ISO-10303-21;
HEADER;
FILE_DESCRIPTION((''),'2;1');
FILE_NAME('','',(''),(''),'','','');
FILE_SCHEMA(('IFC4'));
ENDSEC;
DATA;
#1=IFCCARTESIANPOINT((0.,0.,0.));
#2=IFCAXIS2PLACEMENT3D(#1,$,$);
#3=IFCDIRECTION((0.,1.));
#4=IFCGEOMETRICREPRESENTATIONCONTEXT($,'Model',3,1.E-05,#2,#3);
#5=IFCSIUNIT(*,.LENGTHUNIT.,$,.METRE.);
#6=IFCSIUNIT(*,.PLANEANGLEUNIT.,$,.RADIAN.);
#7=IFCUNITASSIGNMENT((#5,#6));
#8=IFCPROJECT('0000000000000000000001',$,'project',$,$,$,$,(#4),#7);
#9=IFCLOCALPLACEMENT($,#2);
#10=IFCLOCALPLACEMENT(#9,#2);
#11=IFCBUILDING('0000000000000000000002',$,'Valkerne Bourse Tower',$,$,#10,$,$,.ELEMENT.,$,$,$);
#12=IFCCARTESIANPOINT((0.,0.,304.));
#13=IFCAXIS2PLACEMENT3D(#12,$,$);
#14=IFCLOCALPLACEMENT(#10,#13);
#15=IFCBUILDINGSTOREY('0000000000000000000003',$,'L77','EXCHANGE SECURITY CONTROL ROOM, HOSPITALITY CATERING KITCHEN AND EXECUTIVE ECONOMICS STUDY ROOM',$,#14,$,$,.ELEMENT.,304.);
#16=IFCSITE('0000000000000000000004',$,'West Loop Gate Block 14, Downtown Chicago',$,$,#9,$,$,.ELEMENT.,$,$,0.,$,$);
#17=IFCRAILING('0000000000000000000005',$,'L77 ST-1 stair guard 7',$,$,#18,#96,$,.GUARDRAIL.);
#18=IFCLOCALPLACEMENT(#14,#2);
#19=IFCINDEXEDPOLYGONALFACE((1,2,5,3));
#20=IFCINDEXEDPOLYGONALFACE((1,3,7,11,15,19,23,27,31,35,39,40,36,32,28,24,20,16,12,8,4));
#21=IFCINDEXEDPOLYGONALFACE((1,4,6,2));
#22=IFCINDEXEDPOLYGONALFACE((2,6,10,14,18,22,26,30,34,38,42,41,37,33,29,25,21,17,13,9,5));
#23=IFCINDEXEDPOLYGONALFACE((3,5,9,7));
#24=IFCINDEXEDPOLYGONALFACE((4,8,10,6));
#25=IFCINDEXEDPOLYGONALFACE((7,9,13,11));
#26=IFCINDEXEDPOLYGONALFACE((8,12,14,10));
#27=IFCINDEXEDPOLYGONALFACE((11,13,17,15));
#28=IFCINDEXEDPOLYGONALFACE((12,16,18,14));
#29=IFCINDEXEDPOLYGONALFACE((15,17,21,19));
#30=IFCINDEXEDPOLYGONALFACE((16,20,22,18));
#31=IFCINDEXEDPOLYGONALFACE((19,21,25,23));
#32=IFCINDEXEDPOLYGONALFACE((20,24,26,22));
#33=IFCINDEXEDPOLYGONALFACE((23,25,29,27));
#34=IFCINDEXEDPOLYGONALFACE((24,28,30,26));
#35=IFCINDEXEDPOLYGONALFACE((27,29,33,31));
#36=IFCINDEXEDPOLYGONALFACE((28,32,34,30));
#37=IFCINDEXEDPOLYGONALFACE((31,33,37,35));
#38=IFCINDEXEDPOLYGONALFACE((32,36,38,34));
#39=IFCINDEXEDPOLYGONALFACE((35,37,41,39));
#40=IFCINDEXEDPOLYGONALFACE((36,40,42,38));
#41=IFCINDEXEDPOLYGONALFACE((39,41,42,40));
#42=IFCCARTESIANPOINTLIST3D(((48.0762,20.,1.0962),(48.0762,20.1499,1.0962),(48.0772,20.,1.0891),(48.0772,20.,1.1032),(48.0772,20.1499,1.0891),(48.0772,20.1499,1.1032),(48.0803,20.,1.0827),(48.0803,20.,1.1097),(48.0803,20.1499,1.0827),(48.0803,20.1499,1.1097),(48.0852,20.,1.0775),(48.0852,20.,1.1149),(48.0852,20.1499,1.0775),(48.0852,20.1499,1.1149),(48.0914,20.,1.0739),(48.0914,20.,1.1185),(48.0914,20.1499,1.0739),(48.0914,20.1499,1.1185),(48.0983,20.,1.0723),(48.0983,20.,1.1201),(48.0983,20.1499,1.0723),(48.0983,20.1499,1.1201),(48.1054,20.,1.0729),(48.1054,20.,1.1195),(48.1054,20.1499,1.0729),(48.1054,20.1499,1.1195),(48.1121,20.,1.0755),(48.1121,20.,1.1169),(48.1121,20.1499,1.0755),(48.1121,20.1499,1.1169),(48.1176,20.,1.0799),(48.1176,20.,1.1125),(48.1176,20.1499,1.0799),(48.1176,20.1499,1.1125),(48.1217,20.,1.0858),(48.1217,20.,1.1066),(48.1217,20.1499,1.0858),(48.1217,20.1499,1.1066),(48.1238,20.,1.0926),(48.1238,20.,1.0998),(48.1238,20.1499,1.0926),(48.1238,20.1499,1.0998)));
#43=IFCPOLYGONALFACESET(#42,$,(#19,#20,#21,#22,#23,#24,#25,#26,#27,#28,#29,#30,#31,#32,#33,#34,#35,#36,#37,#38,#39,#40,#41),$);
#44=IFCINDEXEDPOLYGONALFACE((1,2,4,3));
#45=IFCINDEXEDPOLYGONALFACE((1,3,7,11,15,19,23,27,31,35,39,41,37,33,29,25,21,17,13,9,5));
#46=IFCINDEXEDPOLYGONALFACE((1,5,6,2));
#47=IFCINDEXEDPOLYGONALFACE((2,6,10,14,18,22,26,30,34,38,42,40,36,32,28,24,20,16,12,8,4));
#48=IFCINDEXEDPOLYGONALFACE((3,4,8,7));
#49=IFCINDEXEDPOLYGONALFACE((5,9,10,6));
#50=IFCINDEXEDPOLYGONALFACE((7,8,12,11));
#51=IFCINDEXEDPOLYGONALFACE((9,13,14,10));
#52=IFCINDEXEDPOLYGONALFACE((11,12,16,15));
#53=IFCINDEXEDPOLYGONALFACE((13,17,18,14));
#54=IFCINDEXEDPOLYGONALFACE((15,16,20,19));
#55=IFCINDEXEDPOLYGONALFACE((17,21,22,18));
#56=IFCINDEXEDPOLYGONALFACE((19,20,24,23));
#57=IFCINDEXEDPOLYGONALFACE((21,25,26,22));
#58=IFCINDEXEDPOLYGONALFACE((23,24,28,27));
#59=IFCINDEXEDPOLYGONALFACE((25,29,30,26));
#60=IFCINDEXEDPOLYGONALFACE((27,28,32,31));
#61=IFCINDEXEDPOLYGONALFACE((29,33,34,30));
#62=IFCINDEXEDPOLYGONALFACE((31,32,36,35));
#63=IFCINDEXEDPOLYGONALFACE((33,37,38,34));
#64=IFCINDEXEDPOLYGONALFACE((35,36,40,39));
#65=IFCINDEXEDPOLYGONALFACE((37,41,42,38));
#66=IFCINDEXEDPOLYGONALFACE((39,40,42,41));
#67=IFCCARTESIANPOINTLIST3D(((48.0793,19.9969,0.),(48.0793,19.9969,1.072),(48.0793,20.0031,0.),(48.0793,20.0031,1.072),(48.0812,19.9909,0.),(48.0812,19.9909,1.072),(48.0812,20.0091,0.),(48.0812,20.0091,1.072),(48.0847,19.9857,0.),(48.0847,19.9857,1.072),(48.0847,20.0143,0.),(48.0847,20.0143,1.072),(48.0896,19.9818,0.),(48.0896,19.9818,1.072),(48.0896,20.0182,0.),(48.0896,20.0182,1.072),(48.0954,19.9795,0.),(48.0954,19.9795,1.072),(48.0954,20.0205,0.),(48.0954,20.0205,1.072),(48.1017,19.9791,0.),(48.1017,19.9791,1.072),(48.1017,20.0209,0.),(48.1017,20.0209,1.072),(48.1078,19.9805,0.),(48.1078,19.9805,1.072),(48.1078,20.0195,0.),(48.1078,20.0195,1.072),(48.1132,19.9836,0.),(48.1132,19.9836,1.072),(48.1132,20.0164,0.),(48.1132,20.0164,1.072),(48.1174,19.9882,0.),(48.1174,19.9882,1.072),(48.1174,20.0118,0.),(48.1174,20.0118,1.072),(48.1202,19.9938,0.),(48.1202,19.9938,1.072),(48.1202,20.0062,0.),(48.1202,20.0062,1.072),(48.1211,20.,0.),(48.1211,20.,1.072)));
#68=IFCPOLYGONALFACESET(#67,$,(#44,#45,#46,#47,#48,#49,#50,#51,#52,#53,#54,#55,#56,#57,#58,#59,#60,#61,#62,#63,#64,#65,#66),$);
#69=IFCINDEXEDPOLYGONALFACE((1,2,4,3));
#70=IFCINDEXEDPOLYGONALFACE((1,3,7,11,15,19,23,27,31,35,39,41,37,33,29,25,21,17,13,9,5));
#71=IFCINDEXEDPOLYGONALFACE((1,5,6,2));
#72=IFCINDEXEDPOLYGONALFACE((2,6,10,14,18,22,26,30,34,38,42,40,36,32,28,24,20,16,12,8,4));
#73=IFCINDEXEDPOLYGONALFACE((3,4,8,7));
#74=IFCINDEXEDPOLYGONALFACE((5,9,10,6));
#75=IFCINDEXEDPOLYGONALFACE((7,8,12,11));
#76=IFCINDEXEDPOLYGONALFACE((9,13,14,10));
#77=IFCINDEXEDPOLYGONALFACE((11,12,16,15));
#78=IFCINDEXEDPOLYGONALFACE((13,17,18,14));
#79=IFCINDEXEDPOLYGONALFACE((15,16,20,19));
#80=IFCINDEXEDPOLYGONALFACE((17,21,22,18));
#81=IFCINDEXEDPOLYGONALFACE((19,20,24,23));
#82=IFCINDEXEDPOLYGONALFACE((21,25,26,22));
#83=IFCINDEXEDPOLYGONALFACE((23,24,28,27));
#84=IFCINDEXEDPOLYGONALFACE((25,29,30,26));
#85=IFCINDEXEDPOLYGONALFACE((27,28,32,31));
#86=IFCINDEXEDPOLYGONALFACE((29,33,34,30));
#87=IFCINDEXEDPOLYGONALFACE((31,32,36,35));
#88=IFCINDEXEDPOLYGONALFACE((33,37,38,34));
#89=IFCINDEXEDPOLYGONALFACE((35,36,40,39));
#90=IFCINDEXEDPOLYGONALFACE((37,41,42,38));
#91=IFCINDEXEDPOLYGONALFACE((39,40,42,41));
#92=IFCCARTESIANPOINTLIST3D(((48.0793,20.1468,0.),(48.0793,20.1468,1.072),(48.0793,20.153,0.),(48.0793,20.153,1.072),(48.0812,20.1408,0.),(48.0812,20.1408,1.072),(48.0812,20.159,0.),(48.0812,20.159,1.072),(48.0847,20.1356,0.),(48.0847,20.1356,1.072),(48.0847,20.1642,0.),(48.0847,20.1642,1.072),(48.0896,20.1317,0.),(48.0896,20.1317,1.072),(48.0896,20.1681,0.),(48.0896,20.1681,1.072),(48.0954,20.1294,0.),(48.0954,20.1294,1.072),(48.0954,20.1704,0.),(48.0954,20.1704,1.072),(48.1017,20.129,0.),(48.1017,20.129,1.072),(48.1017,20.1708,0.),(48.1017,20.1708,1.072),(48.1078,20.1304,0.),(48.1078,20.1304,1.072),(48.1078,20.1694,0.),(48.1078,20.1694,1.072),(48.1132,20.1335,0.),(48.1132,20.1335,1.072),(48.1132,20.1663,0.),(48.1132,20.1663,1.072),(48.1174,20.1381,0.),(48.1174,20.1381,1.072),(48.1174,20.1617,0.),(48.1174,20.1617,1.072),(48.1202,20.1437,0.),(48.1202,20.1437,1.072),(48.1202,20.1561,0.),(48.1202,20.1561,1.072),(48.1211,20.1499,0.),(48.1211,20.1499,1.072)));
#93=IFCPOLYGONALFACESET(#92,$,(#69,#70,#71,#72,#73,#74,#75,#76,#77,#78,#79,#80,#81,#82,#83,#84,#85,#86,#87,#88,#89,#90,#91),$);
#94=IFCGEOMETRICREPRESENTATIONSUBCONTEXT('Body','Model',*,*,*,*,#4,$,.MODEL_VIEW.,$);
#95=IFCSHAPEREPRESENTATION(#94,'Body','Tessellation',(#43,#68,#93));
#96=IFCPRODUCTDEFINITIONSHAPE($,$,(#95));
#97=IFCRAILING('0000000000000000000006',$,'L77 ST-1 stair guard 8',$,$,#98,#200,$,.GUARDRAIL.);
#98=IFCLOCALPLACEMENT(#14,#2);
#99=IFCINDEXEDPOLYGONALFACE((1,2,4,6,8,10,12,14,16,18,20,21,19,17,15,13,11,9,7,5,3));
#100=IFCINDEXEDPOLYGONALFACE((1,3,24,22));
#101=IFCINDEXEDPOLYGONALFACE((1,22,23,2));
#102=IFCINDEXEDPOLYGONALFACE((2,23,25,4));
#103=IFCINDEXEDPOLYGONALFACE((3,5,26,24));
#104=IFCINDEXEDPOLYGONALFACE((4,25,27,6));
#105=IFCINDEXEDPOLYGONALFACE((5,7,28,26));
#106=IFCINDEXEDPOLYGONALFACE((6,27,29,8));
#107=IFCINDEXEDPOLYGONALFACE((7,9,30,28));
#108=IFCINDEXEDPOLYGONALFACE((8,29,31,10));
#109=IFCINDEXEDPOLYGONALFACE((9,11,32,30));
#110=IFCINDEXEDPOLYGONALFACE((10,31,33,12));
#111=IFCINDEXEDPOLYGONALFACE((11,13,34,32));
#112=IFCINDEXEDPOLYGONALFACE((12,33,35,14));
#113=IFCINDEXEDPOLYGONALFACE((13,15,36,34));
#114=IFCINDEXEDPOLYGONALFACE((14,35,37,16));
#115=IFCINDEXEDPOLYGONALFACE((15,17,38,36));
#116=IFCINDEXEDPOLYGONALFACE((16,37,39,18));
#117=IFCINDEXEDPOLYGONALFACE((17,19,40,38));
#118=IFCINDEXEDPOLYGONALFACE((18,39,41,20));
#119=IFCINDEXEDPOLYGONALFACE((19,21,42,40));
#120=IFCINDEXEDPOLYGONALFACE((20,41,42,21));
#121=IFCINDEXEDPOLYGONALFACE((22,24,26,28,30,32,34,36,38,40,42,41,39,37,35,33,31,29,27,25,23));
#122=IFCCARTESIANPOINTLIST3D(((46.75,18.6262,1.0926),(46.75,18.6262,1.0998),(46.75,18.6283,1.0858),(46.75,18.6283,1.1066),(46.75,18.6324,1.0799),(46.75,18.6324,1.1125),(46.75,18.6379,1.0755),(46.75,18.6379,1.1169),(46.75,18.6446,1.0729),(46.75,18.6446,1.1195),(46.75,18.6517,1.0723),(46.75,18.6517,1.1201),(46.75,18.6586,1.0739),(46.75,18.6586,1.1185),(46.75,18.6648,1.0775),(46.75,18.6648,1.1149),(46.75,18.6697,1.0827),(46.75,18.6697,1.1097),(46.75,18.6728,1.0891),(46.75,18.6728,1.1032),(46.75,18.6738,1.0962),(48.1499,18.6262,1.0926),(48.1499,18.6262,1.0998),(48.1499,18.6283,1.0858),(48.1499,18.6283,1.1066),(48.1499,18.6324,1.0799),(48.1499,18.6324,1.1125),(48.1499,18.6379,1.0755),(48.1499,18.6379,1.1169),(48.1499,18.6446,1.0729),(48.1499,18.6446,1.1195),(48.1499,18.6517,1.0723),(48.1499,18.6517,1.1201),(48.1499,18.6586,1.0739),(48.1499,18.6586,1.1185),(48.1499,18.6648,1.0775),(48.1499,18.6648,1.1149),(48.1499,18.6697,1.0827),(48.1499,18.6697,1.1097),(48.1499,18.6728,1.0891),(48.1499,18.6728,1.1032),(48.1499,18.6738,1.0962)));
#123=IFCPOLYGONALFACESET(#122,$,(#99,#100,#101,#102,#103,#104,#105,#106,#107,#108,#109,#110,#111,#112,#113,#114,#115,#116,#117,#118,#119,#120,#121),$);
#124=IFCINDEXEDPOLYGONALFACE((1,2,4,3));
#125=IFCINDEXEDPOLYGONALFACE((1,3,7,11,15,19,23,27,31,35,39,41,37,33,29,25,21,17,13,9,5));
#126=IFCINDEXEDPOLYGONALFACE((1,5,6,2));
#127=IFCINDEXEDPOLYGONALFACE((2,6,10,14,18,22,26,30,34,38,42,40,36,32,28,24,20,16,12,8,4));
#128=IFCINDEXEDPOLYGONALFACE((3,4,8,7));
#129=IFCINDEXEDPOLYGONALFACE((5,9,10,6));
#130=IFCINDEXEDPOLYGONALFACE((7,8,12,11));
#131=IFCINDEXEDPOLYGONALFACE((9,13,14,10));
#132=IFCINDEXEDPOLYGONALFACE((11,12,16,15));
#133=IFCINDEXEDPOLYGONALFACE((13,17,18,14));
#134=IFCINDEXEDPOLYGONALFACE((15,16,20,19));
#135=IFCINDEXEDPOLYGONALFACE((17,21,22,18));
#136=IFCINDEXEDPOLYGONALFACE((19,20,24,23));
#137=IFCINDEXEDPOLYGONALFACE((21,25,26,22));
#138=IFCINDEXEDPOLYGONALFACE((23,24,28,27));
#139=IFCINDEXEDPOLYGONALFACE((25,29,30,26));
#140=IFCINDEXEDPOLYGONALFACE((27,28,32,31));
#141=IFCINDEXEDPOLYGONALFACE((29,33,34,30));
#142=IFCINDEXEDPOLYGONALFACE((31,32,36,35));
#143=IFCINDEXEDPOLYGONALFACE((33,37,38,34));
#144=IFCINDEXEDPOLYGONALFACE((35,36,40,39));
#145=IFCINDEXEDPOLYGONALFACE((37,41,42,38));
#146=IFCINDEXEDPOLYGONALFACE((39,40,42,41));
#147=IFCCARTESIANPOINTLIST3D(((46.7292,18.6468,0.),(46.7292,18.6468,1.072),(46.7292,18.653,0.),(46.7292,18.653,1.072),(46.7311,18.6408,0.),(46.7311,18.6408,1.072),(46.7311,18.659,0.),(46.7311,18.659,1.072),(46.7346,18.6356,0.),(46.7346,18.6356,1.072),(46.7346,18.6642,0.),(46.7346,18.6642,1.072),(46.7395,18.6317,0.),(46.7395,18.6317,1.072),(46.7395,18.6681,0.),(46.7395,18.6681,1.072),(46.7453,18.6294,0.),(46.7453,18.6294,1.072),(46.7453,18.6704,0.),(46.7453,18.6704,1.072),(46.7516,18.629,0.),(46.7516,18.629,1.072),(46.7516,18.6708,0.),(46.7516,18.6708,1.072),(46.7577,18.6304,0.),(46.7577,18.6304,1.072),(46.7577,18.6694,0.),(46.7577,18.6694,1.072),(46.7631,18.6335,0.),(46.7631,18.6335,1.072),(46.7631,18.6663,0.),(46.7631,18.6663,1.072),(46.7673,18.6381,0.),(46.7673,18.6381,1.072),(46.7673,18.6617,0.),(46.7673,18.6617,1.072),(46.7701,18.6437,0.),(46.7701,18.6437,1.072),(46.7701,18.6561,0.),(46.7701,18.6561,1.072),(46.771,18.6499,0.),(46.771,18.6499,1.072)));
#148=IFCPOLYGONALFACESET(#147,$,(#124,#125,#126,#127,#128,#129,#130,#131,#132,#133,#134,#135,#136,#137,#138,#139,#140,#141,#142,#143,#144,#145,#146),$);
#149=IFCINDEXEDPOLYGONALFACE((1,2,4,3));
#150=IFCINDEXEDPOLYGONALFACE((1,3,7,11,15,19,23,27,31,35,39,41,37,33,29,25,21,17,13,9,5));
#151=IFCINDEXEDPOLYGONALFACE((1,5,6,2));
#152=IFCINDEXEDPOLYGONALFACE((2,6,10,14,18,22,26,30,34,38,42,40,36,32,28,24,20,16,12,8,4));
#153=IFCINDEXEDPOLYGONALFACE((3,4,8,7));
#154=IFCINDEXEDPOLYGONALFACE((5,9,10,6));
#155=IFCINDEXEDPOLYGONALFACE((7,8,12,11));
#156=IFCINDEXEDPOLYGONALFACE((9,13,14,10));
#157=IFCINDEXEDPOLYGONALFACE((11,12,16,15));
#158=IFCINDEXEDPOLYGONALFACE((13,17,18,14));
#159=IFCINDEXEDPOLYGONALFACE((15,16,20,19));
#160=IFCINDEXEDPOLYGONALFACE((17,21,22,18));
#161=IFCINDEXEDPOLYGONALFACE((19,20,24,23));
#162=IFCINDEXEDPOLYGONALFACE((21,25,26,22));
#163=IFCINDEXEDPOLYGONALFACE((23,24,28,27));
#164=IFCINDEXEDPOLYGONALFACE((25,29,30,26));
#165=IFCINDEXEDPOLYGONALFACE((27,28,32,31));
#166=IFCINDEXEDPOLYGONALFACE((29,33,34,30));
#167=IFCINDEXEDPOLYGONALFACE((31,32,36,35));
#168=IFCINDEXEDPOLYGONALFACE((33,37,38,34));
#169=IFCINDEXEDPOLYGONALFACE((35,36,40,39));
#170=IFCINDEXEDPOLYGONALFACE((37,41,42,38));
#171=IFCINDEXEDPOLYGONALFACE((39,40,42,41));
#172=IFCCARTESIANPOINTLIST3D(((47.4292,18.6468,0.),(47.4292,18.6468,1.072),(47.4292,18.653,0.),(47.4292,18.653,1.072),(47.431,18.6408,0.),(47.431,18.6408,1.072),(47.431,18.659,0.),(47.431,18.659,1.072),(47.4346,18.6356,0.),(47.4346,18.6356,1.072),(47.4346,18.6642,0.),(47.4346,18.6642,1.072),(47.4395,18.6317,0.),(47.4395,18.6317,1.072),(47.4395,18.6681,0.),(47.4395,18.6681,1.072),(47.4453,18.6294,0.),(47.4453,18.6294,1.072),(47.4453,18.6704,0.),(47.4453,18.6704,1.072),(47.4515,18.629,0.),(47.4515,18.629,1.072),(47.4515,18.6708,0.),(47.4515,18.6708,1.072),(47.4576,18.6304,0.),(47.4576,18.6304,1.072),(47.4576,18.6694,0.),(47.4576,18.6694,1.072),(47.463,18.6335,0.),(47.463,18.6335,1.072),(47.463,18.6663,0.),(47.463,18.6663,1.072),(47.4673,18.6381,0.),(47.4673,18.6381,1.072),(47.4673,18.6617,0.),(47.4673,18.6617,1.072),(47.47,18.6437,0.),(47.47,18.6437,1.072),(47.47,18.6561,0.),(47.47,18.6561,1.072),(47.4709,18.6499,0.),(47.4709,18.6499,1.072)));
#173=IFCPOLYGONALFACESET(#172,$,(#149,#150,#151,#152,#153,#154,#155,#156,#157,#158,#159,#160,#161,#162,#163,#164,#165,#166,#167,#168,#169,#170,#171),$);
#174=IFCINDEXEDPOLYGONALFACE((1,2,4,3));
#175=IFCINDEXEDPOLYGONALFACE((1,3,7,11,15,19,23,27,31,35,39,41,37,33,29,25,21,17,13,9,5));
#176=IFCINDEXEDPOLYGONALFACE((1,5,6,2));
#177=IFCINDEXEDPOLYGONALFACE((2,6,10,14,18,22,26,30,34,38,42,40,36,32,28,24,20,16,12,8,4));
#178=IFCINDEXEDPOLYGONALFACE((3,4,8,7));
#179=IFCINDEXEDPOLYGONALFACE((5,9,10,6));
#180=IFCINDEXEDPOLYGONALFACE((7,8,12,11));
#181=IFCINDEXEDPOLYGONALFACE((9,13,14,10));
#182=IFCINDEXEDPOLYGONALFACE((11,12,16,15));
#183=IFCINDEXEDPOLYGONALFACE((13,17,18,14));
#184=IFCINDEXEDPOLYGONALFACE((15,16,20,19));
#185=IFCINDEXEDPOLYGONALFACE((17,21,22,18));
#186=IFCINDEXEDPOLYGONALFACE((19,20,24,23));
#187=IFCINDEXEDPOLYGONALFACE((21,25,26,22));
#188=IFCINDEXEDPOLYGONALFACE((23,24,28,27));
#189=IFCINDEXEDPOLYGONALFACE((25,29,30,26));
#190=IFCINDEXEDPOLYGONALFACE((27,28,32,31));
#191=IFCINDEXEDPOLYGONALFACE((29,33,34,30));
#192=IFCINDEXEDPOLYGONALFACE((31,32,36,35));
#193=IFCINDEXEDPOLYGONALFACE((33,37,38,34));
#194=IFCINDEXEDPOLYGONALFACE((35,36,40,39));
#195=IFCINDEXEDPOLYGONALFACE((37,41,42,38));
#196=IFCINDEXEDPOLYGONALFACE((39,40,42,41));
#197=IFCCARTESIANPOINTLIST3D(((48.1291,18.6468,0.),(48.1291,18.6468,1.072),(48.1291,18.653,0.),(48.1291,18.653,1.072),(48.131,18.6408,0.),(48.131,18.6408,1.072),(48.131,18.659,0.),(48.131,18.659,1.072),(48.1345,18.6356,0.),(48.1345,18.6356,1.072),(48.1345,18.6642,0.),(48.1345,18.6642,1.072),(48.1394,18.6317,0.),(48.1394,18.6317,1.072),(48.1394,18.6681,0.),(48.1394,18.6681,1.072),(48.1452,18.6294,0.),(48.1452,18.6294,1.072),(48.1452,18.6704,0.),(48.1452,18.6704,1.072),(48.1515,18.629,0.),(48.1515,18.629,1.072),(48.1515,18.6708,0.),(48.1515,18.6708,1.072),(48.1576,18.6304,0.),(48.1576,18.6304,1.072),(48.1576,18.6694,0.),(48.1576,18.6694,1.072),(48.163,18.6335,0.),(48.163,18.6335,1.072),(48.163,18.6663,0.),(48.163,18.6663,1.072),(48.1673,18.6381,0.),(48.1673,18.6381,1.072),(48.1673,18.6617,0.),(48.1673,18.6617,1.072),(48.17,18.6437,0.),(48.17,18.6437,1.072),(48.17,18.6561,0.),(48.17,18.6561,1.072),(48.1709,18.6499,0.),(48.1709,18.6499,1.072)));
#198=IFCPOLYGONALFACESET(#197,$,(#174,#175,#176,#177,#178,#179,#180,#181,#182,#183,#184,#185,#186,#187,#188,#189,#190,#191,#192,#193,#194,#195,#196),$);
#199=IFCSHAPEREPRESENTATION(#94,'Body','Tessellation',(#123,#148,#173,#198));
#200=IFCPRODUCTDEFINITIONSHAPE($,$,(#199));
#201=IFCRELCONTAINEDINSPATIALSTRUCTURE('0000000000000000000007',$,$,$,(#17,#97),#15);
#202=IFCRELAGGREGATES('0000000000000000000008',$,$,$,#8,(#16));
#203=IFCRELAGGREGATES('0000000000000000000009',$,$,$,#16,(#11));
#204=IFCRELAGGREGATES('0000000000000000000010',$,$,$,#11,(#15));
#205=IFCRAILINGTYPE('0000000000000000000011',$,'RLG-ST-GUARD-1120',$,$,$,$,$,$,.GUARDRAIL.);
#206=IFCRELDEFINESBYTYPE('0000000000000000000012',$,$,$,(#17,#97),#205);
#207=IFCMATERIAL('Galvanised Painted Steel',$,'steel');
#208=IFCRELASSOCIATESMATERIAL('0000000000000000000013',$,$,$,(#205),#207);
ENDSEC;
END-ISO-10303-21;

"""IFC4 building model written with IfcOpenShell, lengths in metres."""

from ifc_helpers import new_model, si_unit, direction, frame, origin, origin_2d, place, context, subcontext, project, spatial, circle, extrude, material, type_object, element, save


model = new_model("IFC4")

# Units and contexts
model_context = context("Model", 3, precision=1e-05, world=origin(), true_north=direction((0.0, 1.0)))
body_context = subcontext(model_context, "Body", "Model", "MODEL_VIEW")
ifc_project = project(units=[si_unit("LENGTHUNIT", "METRE"), si_unit("PLANEANGLEUNIT", "RADIAN")], contexts=[model_context])

# Site, building, storey
site_placement = place(None, origin())
site = spatial("IfcSite", under=ifc_project, at=site_placement, Name="West Loop Gate Block 14, Downtown Chicago", CompositionType="ELEMENT", RefElevation=0.0)
building_placement = place(site_placement, origin())
building = spatial("IfcBuilding", under=site, at=building_placement, Name="Valkerne Bourse Tower", CompositionType="ELEMENT")
storey_placement = place(building_placement, frame((0.0, 0.0, 304.0)))
storey = spatial("IfcBuildingStorey", under=building, at=storey_placement, Name="L77", Description="EXCHANGE SECURITY CONTROL ROOM, HOSPITALITY CATERING KITCHEN AND EXECUTIVE ECONOMICS STUDY ROOM", CompositionType="ELEMENT", Elevation=304.0)

# Shared definitions
ifc_material_1 = material(Name="Galvanised Painted Steel", Category="steel")

# Railings
railing_type_1 = type_object("IfcRailingType", Name="RLG-ST-GUARD-1120", PredefinedType="GUARDRAIL", material=ifc_material_1)
railing_1_placement = place(storey_placement, frame((48.1001, 20.0, 0.0)))
element("IfcRailing", 1, at=railing_1_placement, inside=storey, type_object=railing_type_1, Name="L77 ST-1 stair guard 7", PredefinedType="GUARDRAIL", context=body_context, shape_type="SweptSolid", body=[
    extrude(circle(Radius=0.0239, at=origin_2d()), frame((0.0, 0.0, 1.0962), z_axis=(0.0, 1.0, 0.0), x_axis=(-1.0, 0.0, 0.0)), (0.0, 0.0, 1.0), 0.1499),
    extrude(circle(Radius=0.021, at=origin_2d()), origin(), (0.0, 0.0, 1.0), 1.072),
    extrude(circle(Radius=0.021, at=origin_2d()), frame((0.0, 0.1499, 0.0)), (0.0, 0.0, 1.0), 1.072),
])
for number, where, name in (
    (2, (46.75, 18.6499, 0.0), "L77 ST-1 stair guard 8"),
):
    element("IfcRailing", number, at=place(storey_placement, frame(where)), inside=storey, type_object=railing_type_1, Name=name, PredefinedType="GUARDRAIL", context=body_context, shape_type="SweptSolid", body=[
        extrude(circle(Radius=0.0239, at=origin_2d()), frame((0.0, 0.0, 1.0962), z_axis=(1.0, 0.0, 0.0), x_axis=(0.0, 1.0, 0.0)), (0.0, 0.0, 1.0), 1.3999),
        extrude(circle(Radius=0.021, at=origin_2d()), origin(), (0.0, 0.0, 1.0), 1.072),
        extrude(circle(Radius=0.021, at=origin_2d()), frame((0.7, 0.0, 0.0)), (0.0, 0.0, 1.0), 1.072),
        extrude(circle(Radius=0.021, at=origin_2d()), frame((1.3999, 0.0, 0.0)), (0.0, 0.0, 1.0), 1.072),
    ])

save(model, "model.ifc")
